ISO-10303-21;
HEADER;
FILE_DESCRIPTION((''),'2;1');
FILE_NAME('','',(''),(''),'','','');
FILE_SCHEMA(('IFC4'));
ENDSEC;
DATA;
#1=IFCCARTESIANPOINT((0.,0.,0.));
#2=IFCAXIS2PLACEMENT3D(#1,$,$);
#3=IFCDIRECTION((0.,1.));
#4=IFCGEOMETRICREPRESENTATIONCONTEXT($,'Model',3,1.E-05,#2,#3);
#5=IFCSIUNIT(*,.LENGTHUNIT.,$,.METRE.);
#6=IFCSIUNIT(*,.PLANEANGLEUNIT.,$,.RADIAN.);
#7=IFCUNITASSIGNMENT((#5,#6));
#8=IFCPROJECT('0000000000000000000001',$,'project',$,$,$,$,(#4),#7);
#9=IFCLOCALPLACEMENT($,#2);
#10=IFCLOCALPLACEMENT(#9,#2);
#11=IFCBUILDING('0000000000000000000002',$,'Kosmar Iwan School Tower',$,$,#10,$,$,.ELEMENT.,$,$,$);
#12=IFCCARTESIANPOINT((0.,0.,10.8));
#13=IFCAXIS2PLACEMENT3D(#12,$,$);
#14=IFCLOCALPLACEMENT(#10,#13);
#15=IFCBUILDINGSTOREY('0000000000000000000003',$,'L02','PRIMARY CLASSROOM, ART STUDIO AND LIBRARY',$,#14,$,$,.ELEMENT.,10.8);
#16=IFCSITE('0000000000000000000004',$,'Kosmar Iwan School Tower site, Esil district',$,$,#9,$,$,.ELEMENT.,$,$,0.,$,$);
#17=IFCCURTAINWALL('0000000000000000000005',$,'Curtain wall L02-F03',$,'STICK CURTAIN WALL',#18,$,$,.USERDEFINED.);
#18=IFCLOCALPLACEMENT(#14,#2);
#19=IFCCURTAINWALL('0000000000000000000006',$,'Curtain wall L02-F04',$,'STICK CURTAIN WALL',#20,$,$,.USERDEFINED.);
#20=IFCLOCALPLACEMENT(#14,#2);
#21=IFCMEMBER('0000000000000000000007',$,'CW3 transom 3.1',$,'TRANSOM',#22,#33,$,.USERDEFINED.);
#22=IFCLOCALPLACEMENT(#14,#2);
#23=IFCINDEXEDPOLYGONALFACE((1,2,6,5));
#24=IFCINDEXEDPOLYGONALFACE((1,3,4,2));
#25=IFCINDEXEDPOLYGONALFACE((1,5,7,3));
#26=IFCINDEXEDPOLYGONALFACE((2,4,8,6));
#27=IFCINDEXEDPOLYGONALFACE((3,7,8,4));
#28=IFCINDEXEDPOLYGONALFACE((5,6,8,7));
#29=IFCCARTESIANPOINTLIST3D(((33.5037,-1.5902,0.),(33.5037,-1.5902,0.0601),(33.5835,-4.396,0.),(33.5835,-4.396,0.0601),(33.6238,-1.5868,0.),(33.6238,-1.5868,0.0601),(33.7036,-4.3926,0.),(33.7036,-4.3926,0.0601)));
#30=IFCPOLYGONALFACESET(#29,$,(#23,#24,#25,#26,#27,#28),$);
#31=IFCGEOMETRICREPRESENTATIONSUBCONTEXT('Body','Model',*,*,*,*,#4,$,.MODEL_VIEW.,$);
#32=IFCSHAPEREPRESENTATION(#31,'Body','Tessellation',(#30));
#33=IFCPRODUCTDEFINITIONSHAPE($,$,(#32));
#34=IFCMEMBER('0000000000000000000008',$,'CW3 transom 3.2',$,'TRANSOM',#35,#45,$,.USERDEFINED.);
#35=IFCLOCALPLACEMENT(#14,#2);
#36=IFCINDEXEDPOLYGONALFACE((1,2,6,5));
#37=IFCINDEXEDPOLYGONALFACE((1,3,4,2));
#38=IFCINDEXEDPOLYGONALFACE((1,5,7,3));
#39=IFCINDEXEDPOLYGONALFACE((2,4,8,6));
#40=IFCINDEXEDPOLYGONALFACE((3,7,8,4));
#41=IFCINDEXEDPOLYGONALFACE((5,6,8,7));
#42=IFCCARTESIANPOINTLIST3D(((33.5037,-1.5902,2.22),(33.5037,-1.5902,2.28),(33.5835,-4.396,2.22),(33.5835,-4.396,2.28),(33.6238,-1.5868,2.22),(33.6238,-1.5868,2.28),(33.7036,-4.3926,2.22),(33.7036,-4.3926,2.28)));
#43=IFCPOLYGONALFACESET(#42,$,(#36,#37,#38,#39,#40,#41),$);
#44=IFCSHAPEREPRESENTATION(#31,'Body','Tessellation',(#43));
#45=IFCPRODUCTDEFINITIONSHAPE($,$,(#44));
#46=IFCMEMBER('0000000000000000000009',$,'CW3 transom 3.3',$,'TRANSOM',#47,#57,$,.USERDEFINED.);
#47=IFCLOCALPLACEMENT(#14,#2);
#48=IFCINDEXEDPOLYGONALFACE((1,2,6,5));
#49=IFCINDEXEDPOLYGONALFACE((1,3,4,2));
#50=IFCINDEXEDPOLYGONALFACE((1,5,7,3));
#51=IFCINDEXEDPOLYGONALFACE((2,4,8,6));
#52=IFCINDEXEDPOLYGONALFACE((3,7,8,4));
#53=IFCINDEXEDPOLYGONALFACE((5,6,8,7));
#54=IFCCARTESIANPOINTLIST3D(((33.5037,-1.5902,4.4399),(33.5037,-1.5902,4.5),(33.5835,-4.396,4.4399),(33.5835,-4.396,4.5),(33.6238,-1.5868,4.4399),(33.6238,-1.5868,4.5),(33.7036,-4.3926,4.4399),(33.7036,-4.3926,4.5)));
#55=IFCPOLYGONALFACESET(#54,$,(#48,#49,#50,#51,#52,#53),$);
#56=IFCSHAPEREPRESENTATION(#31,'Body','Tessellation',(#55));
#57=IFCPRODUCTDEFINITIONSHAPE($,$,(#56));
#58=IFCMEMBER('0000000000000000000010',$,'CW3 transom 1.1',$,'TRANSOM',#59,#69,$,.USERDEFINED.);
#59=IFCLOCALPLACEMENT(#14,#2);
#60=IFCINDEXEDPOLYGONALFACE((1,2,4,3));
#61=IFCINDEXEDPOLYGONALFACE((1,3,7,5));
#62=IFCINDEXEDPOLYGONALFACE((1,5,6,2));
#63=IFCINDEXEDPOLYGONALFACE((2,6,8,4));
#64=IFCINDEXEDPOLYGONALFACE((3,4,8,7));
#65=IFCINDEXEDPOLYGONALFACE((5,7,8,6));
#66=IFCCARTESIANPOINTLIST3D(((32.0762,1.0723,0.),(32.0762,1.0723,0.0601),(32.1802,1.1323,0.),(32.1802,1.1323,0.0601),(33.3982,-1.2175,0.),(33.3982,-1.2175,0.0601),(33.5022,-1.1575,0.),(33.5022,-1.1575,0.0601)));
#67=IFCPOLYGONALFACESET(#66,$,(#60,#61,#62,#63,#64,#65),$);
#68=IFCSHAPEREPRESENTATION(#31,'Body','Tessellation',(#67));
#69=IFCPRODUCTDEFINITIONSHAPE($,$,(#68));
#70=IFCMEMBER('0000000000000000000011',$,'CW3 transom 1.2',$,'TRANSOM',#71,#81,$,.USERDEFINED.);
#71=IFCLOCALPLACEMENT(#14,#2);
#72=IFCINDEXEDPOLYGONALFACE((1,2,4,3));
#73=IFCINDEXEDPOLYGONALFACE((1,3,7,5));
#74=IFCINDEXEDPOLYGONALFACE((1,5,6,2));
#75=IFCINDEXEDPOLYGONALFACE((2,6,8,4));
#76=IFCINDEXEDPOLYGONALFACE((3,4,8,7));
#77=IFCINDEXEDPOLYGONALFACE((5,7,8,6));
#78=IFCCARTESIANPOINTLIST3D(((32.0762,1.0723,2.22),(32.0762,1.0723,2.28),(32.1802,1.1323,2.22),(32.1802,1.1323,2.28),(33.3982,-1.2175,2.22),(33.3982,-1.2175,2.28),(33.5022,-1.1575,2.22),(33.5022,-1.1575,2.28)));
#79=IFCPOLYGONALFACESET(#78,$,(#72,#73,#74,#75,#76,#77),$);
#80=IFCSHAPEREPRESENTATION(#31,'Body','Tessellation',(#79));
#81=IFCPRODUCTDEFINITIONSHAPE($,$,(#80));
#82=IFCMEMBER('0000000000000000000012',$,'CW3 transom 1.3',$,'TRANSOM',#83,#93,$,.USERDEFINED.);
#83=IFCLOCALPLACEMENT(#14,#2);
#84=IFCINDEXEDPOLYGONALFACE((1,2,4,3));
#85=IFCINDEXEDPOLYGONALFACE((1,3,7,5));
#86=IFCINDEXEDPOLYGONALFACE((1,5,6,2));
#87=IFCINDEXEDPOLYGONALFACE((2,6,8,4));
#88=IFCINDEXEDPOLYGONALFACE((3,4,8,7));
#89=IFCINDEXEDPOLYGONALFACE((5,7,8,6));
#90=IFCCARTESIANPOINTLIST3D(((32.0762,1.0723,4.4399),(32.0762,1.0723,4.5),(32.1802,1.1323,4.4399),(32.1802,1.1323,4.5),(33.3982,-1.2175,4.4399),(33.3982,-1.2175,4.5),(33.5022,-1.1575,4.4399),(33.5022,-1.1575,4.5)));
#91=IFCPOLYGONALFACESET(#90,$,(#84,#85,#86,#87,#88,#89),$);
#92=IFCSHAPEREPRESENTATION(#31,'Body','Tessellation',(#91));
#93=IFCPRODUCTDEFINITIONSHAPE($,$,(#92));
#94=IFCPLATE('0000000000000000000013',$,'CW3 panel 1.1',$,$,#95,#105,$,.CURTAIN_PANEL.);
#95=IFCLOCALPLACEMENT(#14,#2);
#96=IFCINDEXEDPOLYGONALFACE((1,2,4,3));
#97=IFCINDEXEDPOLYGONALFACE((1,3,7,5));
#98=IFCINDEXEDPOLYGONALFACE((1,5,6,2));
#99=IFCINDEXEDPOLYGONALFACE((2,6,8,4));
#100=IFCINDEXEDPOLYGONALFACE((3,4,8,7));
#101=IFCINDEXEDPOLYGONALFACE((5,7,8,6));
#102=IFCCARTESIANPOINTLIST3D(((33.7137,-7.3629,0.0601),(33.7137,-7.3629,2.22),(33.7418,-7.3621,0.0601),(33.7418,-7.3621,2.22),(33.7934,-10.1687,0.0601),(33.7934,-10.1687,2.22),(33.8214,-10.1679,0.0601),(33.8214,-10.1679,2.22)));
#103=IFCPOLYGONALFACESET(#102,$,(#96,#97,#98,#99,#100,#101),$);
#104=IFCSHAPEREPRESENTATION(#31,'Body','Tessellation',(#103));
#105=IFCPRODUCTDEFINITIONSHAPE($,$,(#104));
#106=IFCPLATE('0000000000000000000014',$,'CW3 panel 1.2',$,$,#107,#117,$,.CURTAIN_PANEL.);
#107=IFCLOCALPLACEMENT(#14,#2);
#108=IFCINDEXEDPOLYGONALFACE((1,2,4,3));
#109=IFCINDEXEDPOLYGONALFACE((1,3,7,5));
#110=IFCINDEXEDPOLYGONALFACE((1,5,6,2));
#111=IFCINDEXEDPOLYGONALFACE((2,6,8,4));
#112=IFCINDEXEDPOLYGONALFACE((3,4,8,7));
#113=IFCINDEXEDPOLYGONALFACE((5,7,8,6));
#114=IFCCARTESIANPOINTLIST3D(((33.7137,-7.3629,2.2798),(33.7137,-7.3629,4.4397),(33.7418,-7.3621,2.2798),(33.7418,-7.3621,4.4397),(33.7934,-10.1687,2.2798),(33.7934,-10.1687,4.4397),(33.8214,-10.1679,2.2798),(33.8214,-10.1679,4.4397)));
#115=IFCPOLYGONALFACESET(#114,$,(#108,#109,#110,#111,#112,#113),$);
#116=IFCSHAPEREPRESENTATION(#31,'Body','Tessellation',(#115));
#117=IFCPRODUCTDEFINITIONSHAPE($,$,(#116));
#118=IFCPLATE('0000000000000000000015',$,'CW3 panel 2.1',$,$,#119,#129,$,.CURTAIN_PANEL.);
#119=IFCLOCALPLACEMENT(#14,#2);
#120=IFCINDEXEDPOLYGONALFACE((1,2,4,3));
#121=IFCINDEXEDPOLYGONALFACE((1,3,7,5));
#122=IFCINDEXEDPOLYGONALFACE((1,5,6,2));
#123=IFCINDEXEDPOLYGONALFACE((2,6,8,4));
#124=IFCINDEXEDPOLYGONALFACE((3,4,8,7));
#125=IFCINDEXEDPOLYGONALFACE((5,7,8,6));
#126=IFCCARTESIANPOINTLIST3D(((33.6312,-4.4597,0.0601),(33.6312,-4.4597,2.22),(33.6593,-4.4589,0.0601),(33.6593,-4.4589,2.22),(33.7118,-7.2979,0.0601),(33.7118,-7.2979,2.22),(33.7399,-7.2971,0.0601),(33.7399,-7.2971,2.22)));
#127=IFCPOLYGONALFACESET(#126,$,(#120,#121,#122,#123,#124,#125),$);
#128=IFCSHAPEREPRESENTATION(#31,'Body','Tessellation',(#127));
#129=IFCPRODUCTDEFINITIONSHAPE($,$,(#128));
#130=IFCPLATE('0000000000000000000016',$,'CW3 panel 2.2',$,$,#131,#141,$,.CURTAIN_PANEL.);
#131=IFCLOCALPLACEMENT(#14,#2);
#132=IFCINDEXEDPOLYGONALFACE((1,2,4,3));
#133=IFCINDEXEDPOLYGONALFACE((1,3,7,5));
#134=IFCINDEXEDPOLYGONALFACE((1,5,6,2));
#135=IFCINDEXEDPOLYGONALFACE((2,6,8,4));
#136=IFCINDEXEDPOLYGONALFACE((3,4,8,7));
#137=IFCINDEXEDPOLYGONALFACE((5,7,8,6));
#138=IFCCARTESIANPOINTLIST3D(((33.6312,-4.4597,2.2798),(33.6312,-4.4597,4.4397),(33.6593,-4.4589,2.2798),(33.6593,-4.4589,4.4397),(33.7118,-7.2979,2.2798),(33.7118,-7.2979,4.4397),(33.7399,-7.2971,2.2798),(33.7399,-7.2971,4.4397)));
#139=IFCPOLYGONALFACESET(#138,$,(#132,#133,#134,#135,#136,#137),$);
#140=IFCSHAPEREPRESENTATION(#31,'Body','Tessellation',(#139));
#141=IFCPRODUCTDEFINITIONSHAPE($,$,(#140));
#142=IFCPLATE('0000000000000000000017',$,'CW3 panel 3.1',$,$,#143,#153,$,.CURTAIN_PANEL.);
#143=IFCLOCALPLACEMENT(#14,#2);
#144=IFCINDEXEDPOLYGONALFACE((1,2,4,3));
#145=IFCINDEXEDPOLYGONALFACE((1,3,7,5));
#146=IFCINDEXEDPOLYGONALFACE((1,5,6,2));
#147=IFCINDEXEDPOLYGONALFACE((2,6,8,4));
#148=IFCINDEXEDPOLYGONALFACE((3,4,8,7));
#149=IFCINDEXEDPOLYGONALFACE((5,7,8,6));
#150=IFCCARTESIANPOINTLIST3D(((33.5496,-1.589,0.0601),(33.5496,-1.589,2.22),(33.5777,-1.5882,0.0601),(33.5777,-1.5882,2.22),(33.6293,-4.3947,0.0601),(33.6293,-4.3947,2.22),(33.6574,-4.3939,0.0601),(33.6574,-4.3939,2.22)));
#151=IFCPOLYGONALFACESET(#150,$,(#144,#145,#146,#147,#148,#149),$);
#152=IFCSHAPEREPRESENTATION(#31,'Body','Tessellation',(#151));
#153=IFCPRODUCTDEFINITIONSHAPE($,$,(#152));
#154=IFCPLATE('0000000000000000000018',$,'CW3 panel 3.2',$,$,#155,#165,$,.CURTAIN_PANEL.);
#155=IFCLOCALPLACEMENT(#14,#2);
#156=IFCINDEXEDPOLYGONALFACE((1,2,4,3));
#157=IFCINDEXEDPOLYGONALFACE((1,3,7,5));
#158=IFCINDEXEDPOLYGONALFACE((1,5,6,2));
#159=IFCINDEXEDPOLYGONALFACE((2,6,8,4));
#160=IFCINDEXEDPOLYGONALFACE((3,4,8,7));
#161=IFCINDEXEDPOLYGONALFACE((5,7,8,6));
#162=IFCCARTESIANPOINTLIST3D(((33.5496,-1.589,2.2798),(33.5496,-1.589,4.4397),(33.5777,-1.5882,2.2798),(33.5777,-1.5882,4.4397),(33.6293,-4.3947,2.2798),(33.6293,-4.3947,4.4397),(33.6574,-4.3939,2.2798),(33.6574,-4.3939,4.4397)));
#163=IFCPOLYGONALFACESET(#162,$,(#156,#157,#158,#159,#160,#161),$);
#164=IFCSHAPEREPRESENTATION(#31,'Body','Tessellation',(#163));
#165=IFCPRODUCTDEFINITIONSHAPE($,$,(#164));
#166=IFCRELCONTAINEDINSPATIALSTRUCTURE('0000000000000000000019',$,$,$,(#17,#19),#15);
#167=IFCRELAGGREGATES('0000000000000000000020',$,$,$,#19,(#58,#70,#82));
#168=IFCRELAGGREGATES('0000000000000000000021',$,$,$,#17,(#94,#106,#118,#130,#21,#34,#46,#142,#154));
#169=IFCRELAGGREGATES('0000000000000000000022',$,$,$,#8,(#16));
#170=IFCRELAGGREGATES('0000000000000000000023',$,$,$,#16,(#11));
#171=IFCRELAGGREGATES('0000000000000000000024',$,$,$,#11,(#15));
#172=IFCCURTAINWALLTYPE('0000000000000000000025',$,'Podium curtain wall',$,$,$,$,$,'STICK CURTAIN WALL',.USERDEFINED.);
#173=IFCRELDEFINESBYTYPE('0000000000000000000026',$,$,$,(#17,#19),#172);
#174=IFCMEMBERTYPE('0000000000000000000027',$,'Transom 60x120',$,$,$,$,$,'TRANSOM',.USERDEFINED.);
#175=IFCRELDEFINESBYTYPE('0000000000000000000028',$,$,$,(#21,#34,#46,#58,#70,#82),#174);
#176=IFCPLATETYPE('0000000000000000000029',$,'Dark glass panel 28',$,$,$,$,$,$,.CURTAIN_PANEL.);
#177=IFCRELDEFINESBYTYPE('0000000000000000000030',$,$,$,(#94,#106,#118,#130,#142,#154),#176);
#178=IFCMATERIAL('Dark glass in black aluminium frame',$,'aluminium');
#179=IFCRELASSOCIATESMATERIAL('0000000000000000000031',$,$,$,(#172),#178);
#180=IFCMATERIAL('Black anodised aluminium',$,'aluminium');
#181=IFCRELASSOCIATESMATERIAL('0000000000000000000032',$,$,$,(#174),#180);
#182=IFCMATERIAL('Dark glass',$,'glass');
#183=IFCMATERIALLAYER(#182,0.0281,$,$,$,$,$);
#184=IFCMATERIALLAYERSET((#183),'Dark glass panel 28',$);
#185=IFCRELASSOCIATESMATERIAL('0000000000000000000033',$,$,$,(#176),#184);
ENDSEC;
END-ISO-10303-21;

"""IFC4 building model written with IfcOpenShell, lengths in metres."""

from ifc_helpers import new_model, si_unit, direction, frame, origin, origin_2d, place, context, subcontext, project, spatial, rectangle, extrude, material, layer, layer_set, material_profile, profile_set, type_object, element, aggregate, save


model = new_model("IFC4")

# Units and contexts
model_context = context("Model", 3, precision=1e-05, world=origin(), true_north=direction((0.0, 1.0)))
body_context = subcontext(model_context, "Body", "Model", "MODEL_VIEW")
ifc_project = project(units=[si_unit("LENGTHUNIT", "METRE"), si_unit("PLANEANGLEUNIT", "RADIAN")], contexts=[model_context])

# Site, building, storey
site_placement = place(None, origin())
site = spatial("IfcSite", under=ifc_project, at=site_placement, Name="Kosmar Iwan School Tower site, Esil district", CompositionType="ELEMENT", RefElevation=0.0)
building_placement = place(site_placement, origin())
building = spatial("IfcBuilding", under=site, at=building_placement, Name="Kosmar Iwan School Tower", CompositionType="ELEMENT")
storey_placement = place(building_placement, frame((0.0, 0.0, 10.8)))
storey = spatial("IfcBuildingStorey", under=building, at=storey_placement, Name="L02", Description="PRIMARY CLASSROOM, ART STUDIO AND LIBRARY", CompositionType="ELEMENT", Elevation=10.8)

# Curtain wall
ifc_material_1 = material(Name="Dark glass in black aluminium frame", Category="aluminium")
curtain_wall_type_1 = type_object("IfcCurtainWallType", Name="Podium curtain wall", ElementType="STICK CURTAIN WALL", PredefinedType="USERDEFINED", material=ifc_material_1)
curtain_wall_1_placement = place(storey_placement, origin())
curtain_wall_1 = element("IfcCurtainWall", 1, at=curtain_wall_1_placement, inside=storey, type_object=curtain_wall_type_1, Name="Curtain wall L02-F03", ObjectType="STICK CURTAIN WALL", PredefinedType="USERDEFINED")

# Curtain wall
curtain_wall_2_placement = place(storey_placement, origin())
curtain_wall_2 = element("IfcCurtainWall", 2, at=curtain_wall_2_placement, inside=storey, type_object=curtain_wall_type_1, Name="Curtain wall L02-F04", ObjectType="STICK CURTAIN WALL", PredefinedType="USERDEFINED")

# Members
ifc_material_2 = material(Name="Black anodised aluminium", Category="aluminium")
ifc_material_profile_1 = material_profile(ifc_material_2, rectangle(XDim=0.1201, YDim=0.0601, at=origin_2d()), Name="TRANSOM 60x120")
ifc_profile_set_1 = profile_set([ifc_material_profile_1], Name="Black anodised aluminium")
member_type_1 = type_object("IfcMemberType", Name="Transom 60x120", ElementType="TRANSOM", PredefinedType="USERDEFINED", material=ifc_profile_set_1)
member_1_placement = place(storey_placement, frame((33.6436, -4.3943, 0.03), z_axis=(-0.028443, 0.999595, 0.0), x_axis=(-0.999595, -0.028443, 0.0)))
member_1 = element("IfcMember", 3, at=member_1_placement, type_object=member_type_1, Name="CW3 transom 3.1", ObjectType="TRANSOM", PredefinedType="USERDEFINED", context=body_context, shape_type="SweptSolid", body=[
    extrude(rectangle(XDim=0.1201, YDim=0.0601, at=origin_2d()), origin(), (0.0, 0.0, 1.0), 2.8069),
])
member_2_placement = place(storey_placement, frame((33.6436, -4.3943, 2.25), z_axis=(-0.028443, 0.999595, 0.0), x_axis=(-0.999595, -0.028443, 0.0)))
member_2 = element("IfcMember", 4, at=member_2_placement, type_object=member_type_1, Name="CW3 transom 3.2", ObjectType="TRANSOM", PredefinedType="USERDEFINED", context=body_context, shape_type="SweptSolid", body=[
    extrude(rectangle(XDim=0.1201, YDim=0.0601, at=origin_2d()), origin(), (0.0, 0.0, 1.0), 2.8069),
])
member_3_placement = place(storey_placement, frame((33.6436, -4.3943, 4.47), z_axis=(-0.028443, 0.999595, 0.0), x_axis=(-0.999595, -0.028443, 0.0)))
member_3 = element("IfcMember", 5, at=member_3_placement, type_object=member_type_1, Name="CW3 transom 3.3", ObjectType="TRANSOM", PredefinedType="USERDEFINED", context=body_context, shape_type="SweptSolid", body=[
    extrude(rectangle(XDim=0.1201, YDim=0.0601, at=origin_2d()), origin(), (0.0, 0.0, 1.0), 2.8069),
])
member_4_placement = place(storey_placement, frame((33.4502, -1.1875, 0.03), z_axis=(-0.500002, 0.866024, 0.0), x_axis=(-0.866024, -0.500002, 0.0)))
member_4 = element("IfcMember", 6, at=member_4_placement, type_object=member_type_1, Name="CW3 transom 1.1", ObjectType="TRANSOM", PredefinedType="USERDEFINED", context=body_context, shape_type="SweptSolid", body=[
    extrude(rectangle(XDim=0.1201, YDim=0.0601, at=origin_2d()), origin(), (0.0, 0.0, 1.0), 2.644),
])
member_5_placement = place(storey_placement, frame((33.4502, -1.1875, 2.25), z_axis=(-0.500002, 0.866024, 0.0), x_axis=(-0.866024, -0.500002, 0.0)))
member_5 = element("IfcMember", 7, at=member_5_placement, type_object=member_type_1, Name="CW3 transom 1.2", ObjectType="TRANSOM", PredefinedType="USERDEFINED", context=body_context, shape_type="SweptSolid", body=[
    extrude(rectangle(XDim=0.1201, YDim=0.0601, at=origin_2d()), origin(), (0.0, 0.0, 1.0), 2.644),
])
member_6_placement = place(storey_placement, frame((33.4502, -1.1875, 4.47), z_axis=(-0.500002, 0.866024, 0.0), x_axis=(-0.866024, -0.500002, 0.0)))
member_6 = element("IfcMember", 8, at=member_6_placement, type_object=member_type_1, Name="CW3 transom 1.3", ObjectType="TRANSOM", PredefinedType="USERDEFINED", context=body_context, shape_type="SweptSolid", body=[
    extrude(rectangle(XDim=0.1201, YDim=0.0601, at=origin_2d()), origin(), (0.0, 0.0, 1.0), 2.644),
])
aggregate(curtain_wall_2, [member_4, member_5, member_6])

# Plates
ifc_material_3 = material(Name="Dark glass", Category="glass")
ifc_layer = layer(ifc_material_3, 0.0281)
ifc_layer_set = layer_set([ifc_layer], Name="Dark glass panel 28")
plate_type = type_object("IfcPlateType", Name="Dark glass panel 28", PredefinedType="CURTAIN_PANEL", material=ifc_layer_set)
plate_1_placement = place(storey_placement, frame((33.7676, -8.7654, 0.0601), z_axis=(0.0, 0.0, 1.0), x_axis=(-0.028386, 0.999597, 0.0)))
plate_1 = element("IfcPlate", 9, at=plate_1_placement, type_object=plate_type, Name="CW3 panel 1.1", PredefinedType="CURTAIN_PANEL", context=body_context, shape_type="SweptSolid", body=[
    extrude(rectangle(XDim=2.8069, YDim=0.0281, at=origin_2d()), origin(), (0.0, 0.0, 1.0), 2.1599),
])
plate_2_placement = place(storey_placement, frame((33.7676, -8.7654, 2.2798), z_axis=(0.0, 0.0, 1.0), x_axis=(-0.028386, 0.999597, 0.0)))
plate_2 = element("IfcPlate", 10, at=plate_2_placement, type_object=plate_type, Name="CW3 panel 1.2", PredefinedType="CURTAIN_PANEL", context=body_context, shape_type="SweptSolid", body=[
    extrude(rectangle(XDim=2.8069, YDim=0.0281, at=origin_2d()), origin(), (0.0, 0.0, 1.0), 2.1599),
])
plate_3_placement = place(storey_placement, frame((33.6855, -5.8784, 0.0601), z_axis=(0.0, 0.0, 1.0), x_axis=(-0.028386, 0.999597, 0.0)))
plate_3 = element("IfcPlate", 11, at=plate_3_placement, type_object=plate_type, Name="CW3 panel 2.1", PredefinedType="CURTAIN_PANEL", context=body_context, shape_type="SweptSolid", body=[
    extrude(rectangle(XDim=2.8394, YDim=0.0281, at=origin_2d()), origin(), (0.0, 0.0, 1.0), 2.1599),
])
plate_4_placement = place(storey_placement, frame((33.6855, -5.8784, 2.2798), z_axis=(0.0, 0.0, 1.0), x_axis=(-0.028386, 0.999597, 0.0)))
plate_4 = element("IfcPlate", 12, at=plate_4_placement, type_object=plate_type, Name="CW3 panel 2.2", PredefinedType="CURTAIN_PANEL", context=body_context, shape_type="SweptSolid", body=[
    extrude(rectangle(XDim=2.8394, YDim=0.0281, at=origin_2d()), origin(), (0.0, 0.0, 1.0), 2.1599),
])
plate_5_placement = place(storey_placement, frame((33.6035, -2.9915, 0.0601), z_axis=(0.0, 0.0, 1.0), x_axis=(-0.028386, 0.999597, 0.0)))
plate_5 = element("IfcPlate", 13, at=plate_5_placement, type_object=plate_type, Name="CW3 panel 3.1", PredefinedType="CURTAIN_PANEL", context=body_context, shape_type="SweptSolid", body=[
    extrude(rectangle(XDim=2.8069, YDim=0.0281, at=origin_2d()), origin(), (0.0, 0.0, 1.0), 2.1599),
])
plate_6_placement = place(storey_placement, frame((33.6035, -2.9915, 2.2798), z_axis=(0.0, 0.0, 1.0), x_axis=(-0.028386, 0.999597, 0.0)))
plate_6 = element("IfcPlate", 14, at=plate_6_placement, type_object=plate_type, Name="CW3 panel 3.2", PredefinedType="CURTAIN_PANEL", context=body_context, shape_type="SweptSolid", body=[
    extrude(rectangle(XDim=2.8069, YDim=0.0281, at=origin_2d()), origin(), (0.0, 0.0, 1.0), 2.1599),
])
aggregate(curtain_wall_1, [plate_1, plate_2, plate_3, plate_4, member_1, member_2, member_3, plate_5, plate_6])

save(model, "model.ifc")
